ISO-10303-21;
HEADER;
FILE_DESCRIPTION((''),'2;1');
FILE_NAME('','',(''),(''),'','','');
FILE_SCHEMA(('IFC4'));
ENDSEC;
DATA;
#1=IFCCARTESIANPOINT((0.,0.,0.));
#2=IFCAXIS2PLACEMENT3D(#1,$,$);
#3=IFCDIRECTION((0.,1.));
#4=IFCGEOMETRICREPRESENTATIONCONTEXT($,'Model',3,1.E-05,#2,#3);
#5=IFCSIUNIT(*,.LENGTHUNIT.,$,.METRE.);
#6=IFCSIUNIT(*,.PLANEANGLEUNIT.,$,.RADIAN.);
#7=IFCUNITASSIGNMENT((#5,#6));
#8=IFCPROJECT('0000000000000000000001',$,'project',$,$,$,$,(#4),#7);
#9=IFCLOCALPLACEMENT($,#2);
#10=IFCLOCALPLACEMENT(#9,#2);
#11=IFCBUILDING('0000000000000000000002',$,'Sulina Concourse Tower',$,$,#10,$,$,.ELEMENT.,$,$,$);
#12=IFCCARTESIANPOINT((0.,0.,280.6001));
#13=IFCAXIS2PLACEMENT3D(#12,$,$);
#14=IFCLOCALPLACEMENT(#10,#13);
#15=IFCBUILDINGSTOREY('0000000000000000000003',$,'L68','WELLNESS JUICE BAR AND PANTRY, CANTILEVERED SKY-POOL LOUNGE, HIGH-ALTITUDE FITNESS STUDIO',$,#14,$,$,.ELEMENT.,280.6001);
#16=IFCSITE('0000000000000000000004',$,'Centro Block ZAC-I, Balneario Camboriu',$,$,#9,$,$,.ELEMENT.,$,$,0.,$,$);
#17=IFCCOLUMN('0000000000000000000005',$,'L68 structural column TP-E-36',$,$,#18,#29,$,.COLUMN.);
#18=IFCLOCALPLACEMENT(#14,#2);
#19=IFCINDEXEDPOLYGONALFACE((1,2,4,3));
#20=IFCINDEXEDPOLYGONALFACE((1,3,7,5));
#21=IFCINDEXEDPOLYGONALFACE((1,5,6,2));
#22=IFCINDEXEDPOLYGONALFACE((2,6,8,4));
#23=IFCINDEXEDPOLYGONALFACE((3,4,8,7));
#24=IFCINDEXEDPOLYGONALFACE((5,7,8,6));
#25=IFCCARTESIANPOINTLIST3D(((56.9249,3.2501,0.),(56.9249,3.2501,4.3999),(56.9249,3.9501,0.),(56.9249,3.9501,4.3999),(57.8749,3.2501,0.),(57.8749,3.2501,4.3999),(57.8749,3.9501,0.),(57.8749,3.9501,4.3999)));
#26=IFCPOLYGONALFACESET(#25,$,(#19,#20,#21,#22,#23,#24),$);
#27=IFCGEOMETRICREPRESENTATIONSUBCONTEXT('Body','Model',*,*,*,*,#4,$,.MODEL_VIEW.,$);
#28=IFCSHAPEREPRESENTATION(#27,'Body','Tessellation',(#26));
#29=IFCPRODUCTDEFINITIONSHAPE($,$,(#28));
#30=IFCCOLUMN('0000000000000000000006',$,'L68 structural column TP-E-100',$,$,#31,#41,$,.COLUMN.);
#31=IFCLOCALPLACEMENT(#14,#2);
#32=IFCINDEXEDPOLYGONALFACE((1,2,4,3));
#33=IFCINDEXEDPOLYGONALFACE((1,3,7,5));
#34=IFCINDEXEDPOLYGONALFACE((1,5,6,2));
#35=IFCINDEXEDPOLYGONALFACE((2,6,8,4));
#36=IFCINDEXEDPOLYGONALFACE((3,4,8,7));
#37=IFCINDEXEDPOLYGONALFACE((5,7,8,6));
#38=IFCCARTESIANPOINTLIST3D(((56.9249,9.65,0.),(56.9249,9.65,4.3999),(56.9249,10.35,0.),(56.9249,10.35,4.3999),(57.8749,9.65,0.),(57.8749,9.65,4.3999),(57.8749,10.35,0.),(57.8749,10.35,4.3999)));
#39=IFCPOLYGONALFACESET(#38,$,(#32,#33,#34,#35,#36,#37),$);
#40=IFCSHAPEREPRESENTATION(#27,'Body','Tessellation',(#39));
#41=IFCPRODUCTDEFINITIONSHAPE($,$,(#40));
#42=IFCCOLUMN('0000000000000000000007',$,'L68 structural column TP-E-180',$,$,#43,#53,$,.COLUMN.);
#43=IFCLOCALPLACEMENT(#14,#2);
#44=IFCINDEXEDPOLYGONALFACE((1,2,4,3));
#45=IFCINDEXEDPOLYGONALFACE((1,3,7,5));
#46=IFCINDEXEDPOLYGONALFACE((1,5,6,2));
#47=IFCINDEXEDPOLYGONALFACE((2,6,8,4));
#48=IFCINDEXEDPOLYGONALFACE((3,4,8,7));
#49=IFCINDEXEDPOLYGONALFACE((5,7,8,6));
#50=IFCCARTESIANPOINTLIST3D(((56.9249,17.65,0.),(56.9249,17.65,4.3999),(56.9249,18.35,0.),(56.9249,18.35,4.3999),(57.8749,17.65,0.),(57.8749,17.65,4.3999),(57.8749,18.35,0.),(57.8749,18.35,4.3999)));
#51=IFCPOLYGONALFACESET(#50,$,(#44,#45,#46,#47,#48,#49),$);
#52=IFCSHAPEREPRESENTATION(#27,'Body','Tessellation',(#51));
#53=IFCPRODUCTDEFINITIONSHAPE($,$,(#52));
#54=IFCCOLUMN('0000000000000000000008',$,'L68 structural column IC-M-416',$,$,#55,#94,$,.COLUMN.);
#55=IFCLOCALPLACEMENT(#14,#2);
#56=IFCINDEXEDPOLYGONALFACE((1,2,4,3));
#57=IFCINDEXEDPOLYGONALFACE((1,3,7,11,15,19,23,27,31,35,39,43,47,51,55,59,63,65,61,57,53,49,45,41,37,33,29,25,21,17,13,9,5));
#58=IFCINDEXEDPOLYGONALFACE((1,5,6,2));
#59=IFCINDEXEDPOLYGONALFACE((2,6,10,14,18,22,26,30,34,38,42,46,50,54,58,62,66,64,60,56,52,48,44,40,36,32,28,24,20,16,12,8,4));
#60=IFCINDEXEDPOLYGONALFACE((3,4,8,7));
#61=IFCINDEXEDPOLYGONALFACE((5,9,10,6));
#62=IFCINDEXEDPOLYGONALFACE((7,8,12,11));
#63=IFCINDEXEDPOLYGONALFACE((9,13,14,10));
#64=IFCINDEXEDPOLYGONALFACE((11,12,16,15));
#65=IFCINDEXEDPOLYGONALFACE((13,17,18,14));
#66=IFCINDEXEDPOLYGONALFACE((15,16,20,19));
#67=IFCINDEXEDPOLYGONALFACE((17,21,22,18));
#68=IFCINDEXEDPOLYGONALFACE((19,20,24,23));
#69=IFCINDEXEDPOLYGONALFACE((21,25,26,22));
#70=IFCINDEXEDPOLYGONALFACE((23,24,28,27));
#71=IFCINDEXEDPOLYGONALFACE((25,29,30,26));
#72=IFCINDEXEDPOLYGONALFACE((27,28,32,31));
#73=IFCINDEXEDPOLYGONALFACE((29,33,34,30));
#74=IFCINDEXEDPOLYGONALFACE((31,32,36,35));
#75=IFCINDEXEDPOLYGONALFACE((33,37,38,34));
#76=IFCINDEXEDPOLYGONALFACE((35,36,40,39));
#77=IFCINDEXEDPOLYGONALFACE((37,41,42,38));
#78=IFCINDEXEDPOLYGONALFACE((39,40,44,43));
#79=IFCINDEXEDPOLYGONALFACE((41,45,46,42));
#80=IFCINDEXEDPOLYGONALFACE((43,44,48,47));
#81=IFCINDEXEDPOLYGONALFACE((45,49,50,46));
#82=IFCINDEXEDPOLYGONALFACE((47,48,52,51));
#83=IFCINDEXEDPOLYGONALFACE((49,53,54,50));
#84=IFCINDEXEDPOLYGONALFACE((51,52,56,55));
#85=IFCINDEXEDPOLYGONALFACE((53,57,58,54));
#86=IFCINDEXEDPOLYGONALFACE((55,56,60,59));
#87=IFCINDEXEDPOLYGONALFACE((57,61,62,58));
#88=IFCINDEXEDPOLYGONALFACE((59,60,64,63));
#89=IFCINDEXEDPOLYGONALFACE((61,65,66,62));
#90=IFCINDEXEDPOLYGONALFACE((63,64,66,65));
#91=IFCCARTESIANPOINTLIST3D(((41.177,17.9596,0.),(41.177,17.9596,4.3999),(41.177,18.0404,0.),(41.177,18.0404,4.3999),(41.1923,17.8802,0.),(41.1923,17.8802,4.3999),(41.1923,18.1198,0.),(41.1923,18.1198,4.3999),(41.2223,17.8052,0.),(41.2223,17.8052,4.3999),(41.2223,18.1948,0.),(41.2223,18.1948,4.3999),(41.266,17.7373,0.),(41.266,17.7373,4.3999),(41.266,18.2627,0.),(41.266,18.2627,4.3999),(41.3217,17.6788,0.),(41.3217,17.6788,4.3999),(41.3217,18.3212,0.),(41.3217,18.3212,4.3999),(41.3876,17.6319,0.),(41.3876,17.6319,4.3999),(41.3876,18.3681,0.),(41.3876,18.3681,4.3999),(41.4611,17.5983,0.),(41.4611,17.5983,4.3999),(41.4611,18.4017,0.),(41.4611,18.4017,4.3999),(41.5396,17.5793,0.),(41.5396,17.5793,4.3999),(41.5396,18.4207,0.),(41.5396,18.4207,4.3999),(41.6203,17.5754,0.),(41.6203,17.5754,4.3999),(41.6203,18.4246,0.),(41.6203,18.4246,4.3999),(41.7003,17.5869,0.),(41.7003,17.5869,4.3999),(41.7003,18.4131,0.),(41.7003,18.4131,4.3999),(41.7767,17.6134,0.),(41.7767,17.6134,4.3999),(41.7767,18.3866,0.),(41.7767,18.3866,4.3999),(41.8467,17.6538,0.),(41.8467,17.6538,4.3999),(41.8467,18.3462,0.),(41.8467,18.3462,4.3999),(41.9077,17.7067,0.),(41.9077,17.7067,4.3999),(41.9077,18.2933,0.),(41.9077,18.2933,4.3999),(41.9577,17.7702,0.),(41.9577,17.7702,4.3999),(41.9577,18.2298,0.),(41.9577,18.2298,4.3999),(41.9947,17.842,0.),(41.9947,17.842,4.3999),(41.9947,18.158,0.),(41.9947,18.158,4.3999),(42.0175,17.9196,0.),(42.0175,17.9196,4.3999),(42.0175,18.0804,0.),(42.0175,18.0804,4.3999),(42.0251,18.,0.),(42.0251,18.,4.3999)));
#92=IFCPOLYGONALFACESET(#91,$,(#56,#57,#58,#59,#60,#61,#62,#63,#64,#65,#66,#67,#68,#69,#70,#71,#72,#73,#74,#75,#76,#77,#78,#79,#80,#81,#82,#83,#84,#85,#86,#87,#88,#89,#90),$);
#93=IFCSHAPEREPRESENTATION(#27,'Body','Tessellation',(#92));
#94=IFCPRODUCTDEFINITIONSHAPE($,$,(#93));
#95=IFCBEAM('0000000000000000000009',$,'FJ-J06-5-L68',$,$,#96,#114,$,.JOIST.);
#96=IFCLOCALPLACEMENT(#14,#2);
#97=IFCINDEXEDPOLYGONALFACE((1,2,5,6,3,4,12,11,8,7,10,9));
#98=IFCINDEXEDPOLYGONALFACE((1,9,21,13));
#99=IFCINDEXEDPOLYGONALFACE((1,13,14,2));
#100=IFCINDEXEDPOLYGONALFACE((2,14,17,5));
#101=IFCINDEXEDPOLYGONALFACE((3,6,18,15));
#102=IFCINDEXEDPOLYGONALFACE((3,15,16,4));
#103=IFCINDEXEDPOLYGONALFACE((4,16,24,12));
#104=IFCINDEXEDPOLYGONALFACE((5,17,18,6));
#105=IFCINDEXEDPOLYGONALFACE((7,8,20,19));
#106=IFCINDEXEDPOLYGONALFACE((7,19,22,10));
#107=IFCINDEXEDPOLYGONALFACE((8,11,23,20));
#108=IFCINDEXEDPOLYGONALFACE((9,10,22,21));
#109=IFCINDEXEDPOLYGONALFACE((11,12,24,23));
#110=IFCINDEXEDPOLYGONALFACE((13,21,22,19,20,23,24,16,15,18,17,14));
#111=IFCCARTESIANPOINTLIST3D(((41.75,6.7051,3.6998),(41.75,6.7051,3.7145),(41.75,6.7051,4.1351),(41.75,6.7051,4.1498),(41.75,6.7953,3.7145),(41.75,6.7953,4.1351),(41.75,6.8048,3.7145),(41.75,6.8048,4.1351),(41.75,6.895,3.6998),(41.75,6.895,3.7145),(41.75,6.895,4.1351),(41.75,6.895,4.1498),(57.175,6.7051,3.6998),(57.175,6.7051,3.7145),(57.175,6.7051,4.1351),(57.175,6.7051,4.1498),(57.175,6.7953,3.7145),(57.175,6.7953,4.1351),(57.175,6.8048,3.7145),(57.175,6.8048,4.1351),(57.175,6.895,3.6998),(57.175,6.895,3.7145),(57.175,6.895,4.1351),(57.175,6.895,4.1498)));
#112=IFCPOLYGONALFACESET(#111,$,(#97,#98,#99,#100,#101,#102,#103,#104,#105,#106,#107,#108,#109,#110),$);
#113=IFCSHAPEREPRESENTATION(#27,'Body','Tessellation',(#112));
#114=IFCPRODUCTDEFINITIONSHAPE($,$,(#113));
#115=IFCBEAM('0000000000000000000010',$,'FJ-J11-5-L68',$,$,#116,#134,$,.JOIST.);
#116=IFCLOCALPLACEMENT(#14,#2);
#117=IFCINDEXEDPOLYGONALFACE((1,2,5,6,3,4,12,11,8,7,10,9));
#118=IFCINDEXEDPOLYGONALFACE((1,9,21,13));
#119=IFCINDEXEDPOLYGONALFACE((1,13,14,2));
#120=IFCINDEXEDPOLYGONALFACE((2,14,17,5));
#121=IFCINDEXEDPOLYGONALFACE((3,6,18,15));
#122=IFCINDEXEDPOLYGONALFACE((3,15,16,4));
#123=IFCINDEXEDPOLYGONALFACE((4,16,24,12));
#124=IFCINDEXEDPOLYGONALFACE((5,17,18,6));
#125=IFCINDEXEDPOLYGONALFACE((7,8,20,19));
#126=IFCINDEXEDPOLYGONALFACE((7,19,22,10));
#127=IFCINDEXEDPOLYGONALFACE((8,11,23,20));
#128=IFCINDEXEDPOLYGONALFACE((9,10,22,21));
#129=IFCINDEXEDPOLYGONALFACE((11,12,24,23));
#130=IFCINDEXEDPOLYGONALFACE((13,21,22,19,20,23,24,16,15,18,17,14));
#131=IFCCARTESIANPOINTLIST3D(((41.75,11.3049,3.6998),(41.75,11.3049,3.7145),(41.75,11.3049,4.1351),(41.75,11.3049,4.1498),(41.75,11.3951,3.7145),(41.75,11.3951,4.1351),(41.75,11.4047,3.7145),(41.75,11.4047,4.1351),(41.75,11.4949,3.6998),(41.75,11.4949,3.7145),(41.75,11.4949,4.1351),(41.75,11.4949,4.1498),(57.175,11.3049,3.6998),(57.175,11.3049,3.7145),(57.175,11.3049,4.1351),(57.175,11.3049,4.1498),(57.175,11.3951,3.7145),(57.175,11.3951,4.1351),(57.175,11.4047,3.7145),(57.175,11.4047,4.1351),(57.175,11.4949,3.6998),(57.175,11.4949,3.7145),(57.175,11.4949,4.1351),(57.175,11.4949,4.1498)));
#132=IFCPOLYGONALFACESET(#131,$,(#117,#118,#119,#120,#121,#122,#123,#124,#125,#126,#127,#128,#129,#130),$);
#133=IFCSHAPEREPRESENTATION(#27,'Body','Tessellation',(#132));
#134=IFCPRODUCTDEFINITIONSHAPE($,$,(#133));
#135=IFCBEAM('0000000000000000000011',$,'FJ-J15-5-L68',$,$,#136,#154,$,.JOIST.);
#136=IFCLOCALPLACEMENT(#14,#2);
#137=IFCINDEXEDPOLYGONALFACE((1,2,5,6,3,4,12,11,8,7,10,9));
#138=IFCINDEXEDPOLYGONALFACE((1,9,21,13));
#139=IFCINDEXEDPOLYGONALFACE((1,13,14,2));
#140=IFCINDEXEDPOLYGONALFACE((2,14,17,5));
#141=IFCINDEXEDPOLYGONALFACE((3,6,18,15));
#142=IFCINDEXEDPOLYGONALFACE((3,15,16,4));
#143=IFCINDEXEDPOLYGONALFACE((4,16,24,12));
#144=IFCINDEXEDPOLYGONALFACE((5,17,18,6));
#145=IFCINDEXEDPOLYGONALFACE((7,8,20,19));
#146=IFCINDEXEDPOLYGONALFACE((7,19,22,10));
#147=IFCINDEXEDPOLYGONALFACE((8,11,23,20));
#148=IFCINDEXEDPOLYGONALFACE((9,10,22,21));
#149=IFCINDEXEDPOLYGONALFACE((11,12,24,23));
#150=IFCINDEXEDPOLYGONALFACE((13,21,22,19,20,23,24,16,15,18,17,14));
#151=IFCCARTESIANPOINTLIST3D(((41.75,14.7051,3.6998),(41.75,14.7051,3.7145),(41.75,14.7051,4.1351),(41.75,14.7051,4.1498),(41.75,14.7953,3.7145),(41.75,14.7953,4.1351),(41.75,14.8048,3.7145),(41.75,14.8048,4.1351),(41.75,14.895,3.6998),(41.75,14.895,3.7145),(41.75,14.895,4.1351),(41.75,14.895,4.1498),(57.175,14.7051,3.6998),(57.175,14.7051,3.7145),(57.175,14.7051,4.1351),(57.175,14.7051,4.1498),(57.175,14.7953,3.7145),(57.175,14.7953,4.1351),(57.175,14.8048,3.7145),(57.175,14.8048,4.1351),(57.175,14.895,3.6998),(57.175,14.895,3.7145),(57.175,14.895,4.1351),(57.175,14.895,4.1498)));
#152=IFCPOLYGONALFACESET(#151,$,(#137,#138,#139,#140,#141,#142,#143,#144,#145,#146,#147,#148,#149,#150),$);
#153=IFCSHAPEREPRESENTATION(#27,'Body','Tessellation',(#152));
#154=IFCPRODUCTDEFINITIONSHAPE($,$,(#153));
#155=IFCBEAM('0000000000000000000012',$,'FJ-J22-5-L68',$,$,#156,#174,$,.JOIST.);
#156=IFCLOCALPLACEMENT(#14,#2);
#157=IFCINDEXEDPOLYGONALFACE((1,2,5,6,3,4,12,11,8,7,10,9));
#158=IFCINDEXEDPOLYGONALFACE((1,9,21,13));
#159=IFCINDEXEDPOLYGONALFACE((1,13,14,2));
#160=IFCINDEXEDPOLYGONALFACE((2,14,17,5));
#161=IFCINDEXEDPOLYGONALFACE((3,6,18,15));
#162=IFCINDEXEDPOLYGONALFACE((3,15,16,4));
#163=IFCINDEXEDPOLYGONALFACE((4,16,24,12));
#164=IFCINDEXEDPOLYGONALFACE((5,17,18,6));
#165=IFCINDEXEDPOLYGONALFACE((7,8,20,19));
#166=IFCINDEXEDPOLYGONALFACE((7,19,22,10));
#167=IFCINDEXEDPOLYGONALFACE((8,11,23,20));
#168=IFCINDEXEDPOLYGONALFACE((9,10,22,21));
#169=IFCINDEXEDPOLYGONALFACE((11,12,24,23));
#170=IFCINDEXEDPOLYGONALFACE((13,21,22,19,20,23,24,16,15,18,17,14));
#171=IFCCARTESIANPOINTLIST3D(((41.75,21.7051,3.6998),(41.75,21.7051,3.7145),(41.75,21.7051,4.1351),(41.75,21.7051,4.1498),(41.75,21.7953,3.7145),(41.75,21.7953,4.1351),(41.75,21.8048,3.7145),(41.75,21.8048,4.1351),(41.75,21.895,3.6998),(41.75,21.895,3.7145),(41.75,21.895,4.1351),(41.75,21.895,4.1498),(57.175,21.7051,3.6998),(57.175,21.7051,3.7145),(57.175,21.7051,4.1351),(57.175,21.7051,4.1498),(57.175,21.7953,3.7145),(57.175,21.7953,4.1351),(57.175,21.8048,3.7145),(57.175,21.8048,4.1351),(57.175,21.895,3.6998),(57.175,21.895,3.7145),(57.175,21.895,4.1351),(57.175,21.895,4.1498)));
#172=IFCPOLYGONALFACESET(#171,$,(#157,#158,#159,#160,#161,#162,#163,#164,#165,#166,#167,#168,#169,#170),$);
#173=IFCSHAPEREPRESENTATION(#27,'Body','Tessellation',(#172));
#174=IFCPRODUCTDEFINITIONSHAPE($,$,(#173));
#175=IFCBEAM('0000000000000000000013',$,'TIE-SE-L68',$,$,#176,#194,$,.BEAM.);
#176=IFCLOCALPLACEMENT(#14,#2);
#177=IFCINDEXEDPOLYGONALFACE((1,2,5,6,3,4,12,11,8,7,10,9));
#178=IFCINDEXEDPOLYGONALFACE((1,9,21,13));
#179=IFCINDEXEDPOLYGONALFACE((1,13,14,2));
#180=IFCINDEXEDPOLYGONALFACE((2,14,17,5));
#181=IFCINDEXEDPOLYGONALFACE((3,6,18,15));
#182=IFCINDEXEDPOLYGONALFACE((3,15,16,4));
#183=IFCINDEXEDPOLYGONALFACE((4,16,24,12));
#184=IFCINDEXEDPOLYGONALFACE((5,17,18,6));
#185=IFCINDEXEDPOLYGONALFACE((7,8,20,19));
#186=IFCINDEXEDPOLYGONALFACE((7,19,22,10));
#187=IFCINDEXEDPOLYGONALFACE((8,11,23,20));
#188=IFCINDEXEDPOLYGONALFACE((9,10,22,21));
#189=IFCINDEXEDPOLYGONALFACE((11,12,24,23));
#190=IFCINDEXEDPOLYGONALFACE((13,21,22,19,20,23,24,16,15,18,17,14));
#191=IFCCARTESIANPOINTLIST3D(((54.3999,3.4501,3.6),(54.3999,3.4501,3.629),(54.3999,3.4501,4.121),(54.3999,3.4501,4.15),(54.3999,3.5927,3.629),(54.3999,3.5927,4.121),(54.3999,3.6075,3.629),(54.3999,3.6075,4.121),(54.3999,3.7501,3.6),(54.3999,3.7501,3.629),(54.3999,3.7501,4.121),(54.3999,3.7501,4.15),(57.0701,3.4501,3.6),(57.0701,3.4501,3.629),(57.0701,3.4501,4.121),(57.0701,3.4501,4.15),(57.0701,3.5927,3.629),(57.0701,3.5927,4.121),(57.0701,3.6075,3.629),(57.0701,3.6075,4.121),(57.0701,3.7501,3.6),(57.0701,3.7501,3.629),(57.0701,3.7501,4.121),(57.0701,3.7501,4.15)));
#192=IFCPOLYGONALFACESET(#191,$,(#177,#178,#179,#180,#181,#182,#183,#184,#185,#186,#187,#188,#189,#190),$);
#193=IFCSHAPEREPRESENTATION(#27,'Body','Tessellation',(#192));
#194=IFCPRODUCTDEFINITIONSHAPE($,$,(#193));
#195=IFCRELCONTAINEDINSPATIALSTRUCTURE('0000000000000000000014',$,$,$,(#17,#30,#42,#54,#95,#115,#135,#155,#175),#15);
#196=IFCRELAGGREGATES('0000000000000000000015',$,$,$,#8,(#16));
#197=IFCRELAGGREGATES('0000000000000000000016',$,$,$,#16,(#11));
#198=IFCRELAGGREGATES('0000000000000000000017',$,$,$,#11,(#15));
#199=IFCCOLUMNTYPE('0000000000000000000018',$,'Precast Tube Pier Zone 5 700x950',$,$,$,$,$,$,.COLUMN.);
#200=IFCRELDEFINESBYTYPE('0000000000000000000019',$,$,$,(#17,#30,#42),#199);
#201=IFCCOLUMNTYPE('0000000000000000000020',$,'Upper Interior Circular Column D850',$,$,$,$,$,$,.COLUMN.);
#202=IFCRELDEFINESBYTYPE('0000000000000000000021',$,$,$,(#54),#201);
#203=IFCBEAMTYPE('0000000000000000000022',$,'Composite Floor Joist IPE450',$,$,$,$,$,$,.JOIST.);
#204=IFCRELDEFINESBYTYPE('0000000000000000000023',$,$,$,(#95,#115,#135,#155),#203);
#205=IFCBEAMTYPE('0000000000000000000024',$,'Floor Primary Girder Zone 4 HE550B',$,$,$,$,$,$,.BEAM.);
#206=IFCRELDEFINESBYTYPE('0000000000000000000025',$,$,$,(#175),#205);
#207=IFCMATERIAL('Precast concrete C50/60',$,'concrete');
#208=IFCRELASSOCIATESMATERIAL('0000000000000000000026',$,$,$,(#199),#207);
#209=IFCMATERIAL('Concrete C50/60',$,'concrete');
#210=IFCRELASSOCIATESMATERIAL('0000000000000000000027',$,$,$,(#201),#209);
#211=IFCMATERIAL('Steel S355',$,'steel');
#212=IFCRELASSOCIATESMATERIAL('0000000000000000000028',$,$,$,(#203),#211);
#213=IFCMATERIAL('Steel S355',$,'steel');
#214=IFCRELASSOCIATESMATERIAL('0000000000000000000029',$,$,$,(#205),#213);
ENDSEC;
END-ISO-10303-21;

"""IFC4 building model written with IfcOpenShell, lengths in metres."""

from ifc_helpers import new_model, si_unit, direction, frame, origin, origin_2d, place, context, subcontext, project, spatial, rectangle, circle, i_section, extrude, material, material_profile, profile_set, type_object, element, save


model = new_model("IFC4")

# Units and contexts
model_context = context("Model", 3, precision=1e-05, world=origin(), true_north=direction((0.0, 1.0)))
body_context = subcontext(model_context, "Body", "Model", "MODEL_VIEW")
ifc_project = project(units=[si_unit("LENGTHUNIT", "METRE"), si_unit("PLANEANGLEUNIT", "RADIAN")], contexts=[model_context])

# Site, building, storey
site_placement = place(None, origin())
site = spatial("IfcSite", under=ifc_project, at=site_placement, Name="Centro Block ZAC-I, Balneario Camboriu", CompositionType="ELEMENT", RefElevation=0.0)
building_placement = place(site_placement, origin())
building = spatial("IfcBuilding", under=site, at=building_placement, Name="Sulina Concourse Tower", CompositionType="ELEMENT")
storey_placement = place(building_placement, frame((0.0, 0.0, 280.6001)))
storey = spatial("IfcBuildingStorey", under=building, at=storey_placement, Name="L68", Description="WELLNESS JUICE BAR AND PANTRY, CANTILEVERED SKY-POOL LOUNGE, HIGH-ALTITUDE FITNESS STUDIO", CompositionType="ELEMENT", Elevation=280.6001)

# Columns
ifc_material_1 = material(Name="Precast concrete C50/60", Category="concrete")
ifc_material_profile_1 = material_profile(ifc_material_1, rectangle(XDim=0.7, YDim=0.95, at=origin_2d()), Name="PC 700x950")
ifc_profile_set_1 = profile_set([ifc_material_profile_1], Name="Precast concrete C50/60")
column_type_1 = type_object("IfcColumnType", Name="Precast Tube Pier Zone 5 700x950", PredefinedType="COLUMN", material=ifc_profile_set_1)
for number, where, z_axis, x_axis, name in (
    (1, (57.3999, 3.6001, 0.0), (0.0, 0.0, 1.0), (0.0, 1.0, 0.0), "L68 structural column TP-E-36"),
    (2, (57.3999, 10.0, 0.0), (0.0, 0.0, 1.0), (0.0, 1.0, 0.0), "L68 structural column TP-E-100"),
    (3, (57.3999, 18.0, 0.0), (0.0, 0.0, 1.0), (0.0, 1.0, 0.0), "L68 structural column TP-E-180"),
):
    element("IfcColumn", number, at=place(storey_placement, frame(where, z_axis=z_axis, x_axis=x_axis)), inside=storey, type_object=column_type_1, Name=name, PredefinedType="COLUMN", context=body_context, shape_type="SweptSolid", body=[
        extrude(rectangle(XDim=0.7, YDim=0.95, at=origin_2d()), origin(), (0.0, 0.0, 1.0), 4.3999),
    ])
ifc_material_2 = material(Name="Concrete C50/60", Category="concrete")
ifc_material_profile_2 = material_profile(ifc_material_2, circle(Radius=0.425, at=origin_2d()), Name="RC D850")
ifc_profile_set_2 = profile_set([ifc_material_profile_2], Name="Concrete C50/60")
column_type_2 = type_object("IfcColumnType", Name="Upper Interior Circular Column D850", PredefinedType="COLUMN", material=ifc_profile_set_2)
column_placement = place(storey_placement, frame((41.6001, 18.0, 0.0), z_axis=(0.0, 0.0, 1.0), x_axis=(1.0, 0.0, 0.0)))
element("IfcColumn", 4, at=column_placement, inside=storey, type_object=column_type_2, Name="L68 structural column IC-M-416", PredefinedType="COLUMN", context=body_context, shape_type="SweptSolid", body=[
    extrude(circle(Radius=0.425, at=origin_2d()), origin(), (0.0, 0.0, 1.0), 4.3999),
])

# Beams
ifc_material_3 = material(Name="Steel S355", Category="steel")
ifc_material_profile_3 = material_profile(ifc_material_3, i_section(OverallWidth=0.1899, OverallDepth=0.45, WebThickness=0.0095, FlangeThickness=0.0146, at=origin_2d()), Name="IPE 450")
ifc_profile_set_3 = profile_set([ifc_material_profile_3], Name="Steel S355")
beam_type_1 = type_object("IfcBeamType", Name="Composite Floor Joist IPE450", PredefinedType="JOIST", material=ifc_profile_set_3)
for number, where, z_axis, x_axis, name in (
    (5, (41.75, 6.8, 3.9248), (1.0, 0.0, 0.0), (0.0, 1.0, 0.0), "FJ-J06-5-L68"),
    (6, (41.75, 11.3999, 3.9248), (1.0, 0.0, 0.0), (0.0, 1.0, 0.0), "FJ-J11-5-L68"),
    (7, (41.75, 14.8, 3.9248), (1.0, 0.0, 0.0), (0.0, 1.0, 0.0), "FJ-J15-5-L68"),
    (8, (41.75, 21.8, 3.9248), (1.0, 0.0, 0.0), (0.0, 1.0, 0.0), "FJ-J22-5-L68"),
):
    element("IfcBeam", number, at=place(storey_placement, frame(where, z_axis=z_axis, x_axis=x_axis)), inside=storey, type_object=beam_type_1, Name=name, PredefinedType="JOIST", context=body_context, shape_type="SweptSolid", body=[
        extrude(i_section(OverallWidth=0.1899, OverallDepth=0.45, WebThickness=0.0095, FlangeThickness=0.0146, at=origin_2d()), origin(), (0.0, 0.0, 1.0), 15.425),
    ])
ifc_material_4 = material(Name="Steel S355", Category="steel")
ifc_material_profile_4 = material_profile(ifc_material_4, i_section(OverallWidth=0.3, OverallDepth=0.55, WebThickness=0.0149, FlangeThickness=0.0291, at=origin_2d()), Name="HE 550 B")
ifc_profile_set_4 = profile_set([ifc_material_profile_4], Name="Steel S355")
beam_type_2 = type_object("IfcBeamType", Name="Floor Primary Girder Zone 4 HE550B", PredefinedType="BEAM", material=ifc_profile_set_4)
beam_1_placement = place(storey_placement, frame((54.3999, 3.6001, 3.875), z_axis=(1.0, 0.0, 0.0), x_axis=(0.0, 1.0, 0.0)))
element("IfcBeam", 9, at=beam_1_placement, inside=storey, type_object=beam_type_2, Name="TIE-SE-L68", PredefinedType="BEAM", context=body_context, shape_type="SweptSolid", body=[
    extrude(i_section(OverallWidth=0.3, OverallDepth=0.55, WebThickness=0.0149, FlangeThickness=0.0291, at=origin_2d()), origin(), (0.0, 0.0, 1.0), 2.6702),
])

save(model, "model.ifc")
